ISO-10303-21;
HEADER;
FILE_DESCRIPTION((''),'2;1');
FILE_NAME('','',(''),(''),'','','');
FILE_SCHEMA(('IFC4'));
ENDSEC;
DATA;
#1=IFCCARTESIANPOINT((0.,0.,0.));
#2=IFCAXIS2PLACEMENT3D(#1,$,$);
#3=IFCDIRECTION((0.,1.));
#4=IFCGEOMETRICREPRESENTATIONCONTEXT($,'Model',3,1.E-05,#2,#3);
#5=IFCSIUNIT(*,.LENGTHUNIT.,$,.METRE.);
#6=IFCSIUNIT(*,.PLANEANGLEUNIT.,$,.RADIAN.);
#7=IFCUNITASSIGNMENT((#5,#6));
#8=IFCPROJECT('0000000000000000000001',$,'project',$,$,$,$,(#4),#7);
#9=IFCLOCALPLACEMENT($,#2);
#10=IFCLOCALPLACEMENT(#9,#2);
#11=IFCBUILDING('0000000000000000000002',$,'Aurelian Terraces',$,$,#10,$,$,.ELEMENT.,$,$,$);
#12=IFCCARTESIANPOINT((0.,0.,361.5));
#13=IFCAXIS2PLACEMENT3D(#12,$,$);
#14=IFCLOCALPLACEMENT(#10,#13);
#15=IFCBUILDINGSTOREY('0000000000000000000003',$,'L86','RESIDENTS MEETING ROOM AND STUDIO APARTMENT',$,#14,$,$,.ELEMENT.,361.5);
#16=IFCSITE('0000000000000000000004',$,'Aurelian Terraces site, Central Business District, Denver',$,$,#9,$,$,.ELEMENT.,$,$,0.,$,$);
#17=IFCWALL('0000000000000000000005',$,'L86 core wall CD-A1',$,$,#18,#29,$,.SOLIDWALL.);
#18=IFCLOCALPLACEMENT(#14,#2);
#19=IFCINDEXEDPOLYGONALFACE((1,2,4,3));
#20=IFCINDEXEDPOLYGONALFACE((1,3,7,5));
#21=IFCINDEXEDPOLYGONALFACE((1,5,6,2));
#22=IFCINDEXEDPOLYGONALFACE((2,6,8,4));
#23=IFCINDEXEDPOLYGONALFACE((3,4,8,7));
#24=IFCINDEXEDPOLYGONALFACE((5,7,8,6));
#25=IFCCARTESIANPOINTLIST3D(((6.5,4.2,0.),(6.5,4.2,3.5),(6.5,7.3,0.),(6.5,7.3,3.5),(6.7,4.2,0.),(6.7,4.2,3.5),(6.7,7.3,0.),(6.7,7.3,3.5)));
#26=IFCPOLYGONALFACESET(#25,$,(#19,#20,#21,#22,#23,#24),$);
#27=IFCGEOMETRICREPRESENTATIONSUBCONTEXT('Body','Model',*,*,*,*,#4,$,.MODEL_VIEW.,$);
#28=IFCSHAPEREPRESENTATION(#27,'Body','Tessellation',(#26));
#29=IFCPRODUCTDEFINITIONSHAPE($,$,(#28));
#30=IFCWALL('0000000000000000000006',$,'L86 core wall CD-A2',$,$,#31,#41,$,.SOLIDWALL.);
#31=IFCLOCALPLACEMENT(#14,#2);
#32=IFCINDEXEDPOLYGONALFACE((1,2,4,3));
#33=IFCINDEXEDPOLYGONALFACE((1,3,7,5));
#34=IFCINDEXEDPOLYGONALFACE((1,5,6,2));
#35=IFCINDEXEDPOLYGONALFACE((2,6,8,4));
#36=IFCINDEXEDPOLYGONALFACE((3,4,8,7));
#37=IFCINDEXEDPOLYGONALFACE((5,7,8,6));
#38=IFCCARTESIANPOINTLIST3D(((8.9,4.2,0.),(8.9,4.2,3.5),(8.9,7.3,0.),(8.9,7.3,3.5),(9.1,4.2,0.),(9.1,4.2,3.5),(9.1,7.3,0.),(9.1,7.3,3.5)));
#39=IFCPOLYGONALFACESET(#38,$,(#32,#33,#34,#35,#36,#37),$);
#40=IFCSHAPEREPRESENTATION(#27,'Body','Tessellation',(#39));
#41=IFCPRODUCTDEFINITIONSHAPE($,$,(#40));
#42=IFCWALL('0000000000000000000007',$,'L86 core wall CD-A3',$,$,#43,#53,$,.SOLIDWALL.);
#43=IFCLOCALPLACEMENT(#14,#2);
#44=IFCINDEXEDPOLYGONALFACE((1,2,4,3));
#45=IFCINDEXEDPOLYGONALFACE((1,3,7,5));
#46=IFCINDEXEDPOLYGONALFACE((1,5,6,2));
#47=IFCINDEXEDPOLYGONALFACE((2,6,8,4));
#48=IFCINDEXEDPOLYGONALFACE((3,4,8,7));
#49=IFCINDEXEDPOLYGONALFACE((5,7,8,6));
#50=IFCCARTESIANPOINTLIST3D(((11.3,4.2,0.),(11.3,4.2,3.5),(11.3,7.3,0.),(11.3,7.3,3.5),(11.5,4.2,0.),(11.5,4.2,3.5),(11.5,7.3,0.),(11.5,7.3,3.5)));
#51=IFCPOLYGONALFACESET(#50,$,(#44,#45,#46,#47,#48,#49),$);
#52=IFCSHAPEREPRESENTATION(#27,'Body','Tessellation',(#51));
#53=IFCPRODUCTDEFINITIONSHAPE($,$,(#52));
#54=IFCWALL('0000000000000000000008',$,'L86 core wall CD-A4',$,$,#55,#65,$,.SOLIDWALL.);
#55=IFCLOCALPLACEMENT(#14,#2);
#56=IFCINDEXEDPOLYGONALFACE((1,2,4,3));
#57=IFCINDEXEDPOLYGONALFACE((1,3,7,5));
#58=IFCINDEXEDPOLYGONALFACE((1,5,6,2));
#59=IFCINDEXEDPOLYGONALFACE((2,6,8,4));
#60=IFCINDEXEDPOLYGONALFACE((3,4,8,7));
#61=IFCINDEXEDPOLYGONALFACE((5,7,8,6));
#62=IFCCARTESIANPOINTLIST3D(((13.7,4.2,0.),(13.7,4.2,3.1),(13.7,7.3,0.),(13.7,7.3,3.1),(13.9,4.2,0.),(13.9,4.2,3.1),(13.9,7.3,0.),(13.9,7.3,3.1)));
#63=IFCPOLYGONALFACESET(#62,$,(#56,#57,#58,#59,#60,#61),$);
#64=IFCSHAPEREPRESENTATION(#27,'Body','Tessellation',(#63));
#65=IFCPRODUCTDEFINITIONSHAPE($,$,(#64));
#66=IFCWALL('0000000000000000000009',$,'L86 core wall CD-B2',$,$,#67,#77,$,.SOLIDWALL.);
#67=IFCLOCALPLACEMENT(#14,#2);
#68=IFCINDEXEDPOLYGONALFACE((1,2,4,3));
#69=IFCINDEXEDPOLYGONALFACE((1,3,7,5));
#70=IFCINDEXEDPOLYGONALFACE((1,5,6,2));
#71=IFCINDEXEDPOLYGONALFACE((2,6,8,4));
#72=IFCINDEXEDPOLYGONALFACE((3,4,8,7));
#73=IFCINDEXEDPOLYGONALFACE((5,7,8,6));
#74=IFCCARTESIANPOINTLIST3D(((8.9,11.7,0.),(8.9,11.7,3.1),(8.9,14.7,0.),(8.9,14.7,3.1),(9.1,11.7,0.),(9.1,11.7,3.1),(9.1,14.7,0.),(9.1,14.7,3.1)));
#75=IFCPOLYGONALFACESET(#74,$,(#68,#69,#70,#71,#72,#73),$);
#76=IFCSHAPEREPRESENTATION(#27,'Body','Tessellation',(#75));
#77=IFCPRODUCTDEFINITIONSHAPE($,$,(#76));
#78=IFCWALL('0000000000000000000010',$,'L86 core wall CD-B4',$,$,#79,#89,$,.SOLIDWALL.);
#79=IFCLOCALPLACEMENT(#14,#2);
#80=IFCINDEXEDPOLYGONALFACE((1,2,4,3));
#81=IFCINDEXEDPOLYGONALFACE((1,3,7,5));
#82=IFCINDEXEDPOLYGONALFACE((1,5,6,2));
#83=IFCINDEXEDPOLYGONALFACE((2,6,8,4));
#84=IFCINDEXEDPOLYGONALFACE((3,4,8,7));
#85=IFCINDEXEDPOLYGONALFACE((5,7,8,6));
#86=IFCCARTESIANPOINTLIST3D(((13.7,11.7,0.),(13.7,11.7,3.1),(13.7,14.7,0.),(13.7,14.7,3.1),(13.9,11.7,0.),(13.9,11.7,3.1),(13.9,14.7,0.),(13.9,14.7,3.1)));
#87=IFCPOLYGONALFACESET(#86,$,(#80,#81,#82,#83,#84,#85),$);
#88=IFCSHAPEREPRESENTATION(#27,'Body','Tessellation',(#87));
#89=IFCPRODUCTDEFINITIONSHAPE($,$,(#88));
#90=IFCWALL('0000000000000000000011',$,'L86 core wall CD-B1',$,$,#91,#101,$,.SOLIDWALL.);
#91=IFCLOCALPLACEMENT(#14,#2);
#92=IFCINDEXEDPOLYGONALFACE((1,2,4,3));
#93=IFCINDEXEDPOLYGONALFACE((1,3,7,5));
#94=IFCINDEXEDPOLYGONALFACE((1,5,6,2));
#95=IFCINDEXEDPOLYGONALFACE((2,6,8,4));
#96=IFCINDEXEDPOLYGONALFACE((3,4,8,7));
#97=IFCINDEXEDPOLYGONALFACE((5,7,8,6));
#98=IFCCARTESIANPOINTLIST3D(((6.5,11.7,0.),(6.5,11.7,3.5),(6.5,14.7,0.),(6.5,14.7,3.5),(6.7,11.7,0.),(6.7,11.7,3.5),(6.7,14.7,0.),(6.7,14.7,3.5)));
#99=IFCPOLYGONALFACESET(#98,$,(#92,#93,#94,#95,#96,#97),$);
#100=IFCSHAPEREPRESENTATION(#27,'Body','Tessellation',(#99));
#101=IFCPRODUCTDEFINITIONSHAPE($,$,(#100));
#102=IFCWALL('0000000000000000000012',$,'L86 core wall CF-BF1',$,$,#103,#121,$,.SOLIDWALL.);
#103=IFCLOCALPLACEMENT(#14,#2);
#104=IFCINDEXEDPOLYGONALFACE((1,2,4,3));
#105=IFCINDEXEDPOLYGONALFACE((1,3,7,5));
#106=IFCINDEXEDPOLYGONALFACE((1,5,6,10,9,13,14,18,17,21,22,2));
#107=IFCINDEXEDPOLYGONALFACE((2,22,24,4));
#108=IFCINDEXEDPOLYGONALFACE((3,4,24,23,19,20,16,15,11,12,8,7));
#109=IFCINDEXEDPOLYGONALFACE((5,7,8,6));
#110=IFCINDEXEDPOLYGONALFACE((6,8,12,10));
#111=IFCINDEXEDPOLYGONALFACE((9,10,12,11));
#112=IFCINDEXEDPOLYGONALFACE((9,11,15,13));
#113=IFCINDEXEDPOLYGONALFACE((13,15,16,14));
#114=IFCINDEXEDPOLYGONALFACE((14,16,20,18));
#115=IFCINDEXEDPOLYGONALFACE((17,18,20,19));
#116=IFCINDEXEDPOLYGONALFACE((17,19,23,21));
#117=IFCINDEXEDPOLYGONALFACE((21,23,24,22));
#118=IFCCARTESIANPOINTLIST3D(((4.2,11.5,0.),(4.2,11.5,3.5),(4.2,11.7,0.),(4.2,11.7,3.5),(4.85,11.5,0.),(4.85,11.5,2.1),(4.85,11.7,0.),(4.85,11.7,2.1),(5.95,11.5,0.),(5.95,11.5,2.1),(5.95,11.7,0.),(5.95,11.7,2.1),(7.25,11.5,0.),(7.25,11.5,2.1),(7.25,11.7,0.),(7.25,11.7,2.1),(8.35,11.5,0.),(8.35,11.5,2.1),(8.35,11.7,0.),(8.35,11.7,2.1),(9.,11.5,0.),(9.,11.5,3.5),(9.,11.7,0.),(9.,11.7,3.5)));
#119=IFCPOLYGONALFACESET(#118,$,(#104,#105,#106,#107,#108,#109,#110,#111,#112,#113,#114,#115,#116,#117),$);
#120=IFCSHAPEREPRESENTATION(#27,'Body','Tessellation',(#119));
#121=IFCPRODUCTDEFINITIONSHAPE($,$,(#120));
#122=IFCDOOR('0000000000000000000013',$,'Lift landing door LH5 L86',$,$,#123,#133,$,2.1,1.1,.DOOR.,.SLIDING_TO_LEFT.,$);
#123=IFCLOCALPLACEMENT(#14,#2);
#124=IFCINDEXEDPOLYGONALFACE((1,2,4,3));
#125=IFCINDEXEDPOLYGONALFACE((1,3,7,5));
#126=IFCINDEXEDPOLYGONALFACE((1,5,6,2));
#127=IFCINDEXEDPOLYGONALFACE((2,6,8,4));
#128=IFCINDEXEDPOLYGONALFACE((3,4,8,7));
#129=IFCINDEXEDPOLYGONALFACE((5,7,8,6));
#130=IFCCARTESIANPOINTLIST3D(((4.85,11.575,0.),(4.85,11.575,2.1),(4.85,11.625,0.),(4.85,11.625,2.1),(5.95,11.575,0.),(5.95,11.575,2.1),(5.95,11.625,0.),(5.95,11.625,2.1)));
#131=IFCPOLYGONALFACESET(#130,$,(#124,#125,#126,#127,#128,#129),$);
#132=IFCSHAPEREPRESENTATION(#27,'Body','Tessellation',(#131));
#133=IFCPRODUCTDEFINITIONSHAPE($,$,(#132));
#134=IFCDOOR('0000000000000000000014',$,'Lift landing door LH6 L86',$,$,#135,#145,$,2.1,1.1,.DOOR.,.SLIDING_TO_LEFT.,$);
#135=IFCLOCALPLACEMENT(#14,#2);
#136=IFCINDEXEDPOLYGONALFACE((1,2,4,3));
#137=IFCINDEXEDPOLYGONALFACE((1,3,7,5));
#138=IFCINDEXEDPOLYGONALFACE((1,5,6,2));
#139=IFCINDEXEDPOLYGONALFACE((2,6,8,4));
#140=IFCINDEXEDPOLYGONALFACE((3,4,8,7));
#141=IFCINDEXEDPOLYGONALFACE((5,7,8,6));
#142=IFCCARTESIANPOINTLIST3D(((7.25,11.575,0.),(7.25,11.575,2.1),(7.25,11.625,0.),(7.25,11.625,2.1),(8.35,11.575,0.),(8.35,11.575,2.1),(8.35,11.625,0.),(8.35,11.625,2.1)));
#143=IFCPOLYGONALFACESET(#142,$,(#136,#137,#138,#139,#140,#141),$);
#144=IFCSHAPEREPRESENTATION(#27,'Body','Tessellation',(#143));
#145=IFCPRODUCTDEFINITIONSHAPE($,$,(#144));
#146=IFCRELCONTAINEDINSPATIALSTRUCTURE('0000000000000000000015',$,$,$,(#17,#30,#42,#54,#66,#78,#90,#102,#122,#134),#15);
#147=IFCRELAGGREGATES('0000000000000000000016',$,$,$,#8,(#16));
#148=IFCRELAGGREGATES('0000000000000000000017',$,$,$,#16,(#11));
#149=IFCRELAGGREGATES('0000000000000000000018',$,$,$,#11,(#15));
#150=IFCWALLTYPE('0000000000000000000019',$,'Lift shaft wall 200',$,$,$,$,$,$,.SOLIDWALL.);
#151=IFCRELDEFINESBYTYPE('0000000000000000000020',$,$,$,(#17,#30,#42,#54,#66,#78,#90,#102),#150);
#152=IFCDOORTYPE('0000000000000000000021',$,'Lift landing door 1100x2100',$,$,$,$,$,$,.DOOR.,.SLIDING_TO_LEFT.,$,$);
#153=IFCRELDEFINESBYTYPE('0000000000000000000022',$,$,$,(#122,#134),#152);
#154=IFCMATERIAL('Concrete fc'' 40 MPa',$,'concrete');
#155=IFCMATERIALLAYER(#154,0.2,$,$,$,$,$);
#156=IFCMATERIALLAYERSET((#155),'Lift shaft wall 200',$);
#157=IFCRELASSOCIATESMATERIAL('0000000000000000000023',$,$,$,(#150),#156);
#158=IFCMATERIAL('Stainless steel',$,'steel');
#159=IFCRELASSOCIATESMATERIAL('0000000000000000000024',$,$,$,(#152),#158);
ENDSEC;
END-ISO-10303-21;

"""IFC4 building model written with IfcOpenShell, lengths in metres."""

from ifc_helpers import new_model, si_unit, direction, frame, frame_2d, origin, place, context, subcontext, project, spatial, rectangle, extrude, source, transform, mapped, material, layer, layer_set, type_object, element, fill, save


model = new_model("IFC4")

# Units and contexts
model_context = context("Model", 3, precision=1e-05, world=origin(), true_north=direction((0.0, 1.0)))
body_context = subcontext(model_context, "Body", "Model", "MODEL_VIEW")
ifc_project = project(units=[si_unit("LENGTHUNIT", "METRE"), si_unit("PLANEANGLEUNIT", "RADIAN")], contexts=[model_context])

# Site, building, storey
site_placement = place(None, origin())
site = spatial("IfcSite", under=ifc_project, at=site_placement, Name="Aurelian Terraces site, Central Business District, Denver", CompositionType="ELEMENT", RefElevation=0.0)
building_placement = place(site_placement, origin())
building = spatial("IfcBuilding", under=site, at=building_placement, Name="Aurelian Terraces", CompositionType="ELEMENT")
storey_placement = place(building_placement, frame((0.0, 0.0, 361.5)))
storey = spatial("IfcBuildingStorey", under=building, at=storey_placement, Name="L86", Description="RESIDENTS MEETING ROOM AND STUDIO APARTMENT", CompositionType="ELEMENT", Elevation=361.5)

# Walls
ifc_material_1 = material(Name="Concrete fc' 40 MPa", Category="concrete")
ifc_layer_1 = layer(ifc_material_1, 0.2)
ifc_layer_set_1 = layer_set([ifc_layer_1], Name="Lift shaft wall 200")
wall_type_1 = type_object("IfcWallType", Name="Lift shaft wall 200", PredefinedType="SOLIDWALL", material=ifc_layer_set_1)
shared_shape_1 = source(origin(), body_context, "Body", "SweptSolid", [
    extrude(rectangle(XDim=3.1, YDim=0.2, at=frame_2d((1.55, 0.0))), origin(), (0.0, 0.0, 1.0), 3.5),
])
for number, where, z_axis, x_axis, name in (
    (1, (6.6, 4.2, 0.0), (0.0, 0.0, 1.0), (0.0, 1.0, 0.0), "L86 core wall CD-A1"),
    (2, (9.0, 4.2, 0.0), (0.0, 0.0, 1.0), (0.0, 1.0, 0.0), "L86 core wall CD-A2"),
    (3, (11.4, 4.2, 0.0), (0.0, 0.0, 1.0), (0.0, 1.0, 0.0), "L86 core wall CD-A3"),
):
    element("IfcWall", number, at=place(storey_placement, frame(where, z_axis=z_axis, x_axis=x_axis)), inside=storey, type_object=wall_type_1, Name=name, PredefinedType="SOLIDWALL", context=body_context, shape_type="MappedRepresentation", body=[
        mapped(shared_shape_1, transform((0.0, 0.0, 0.0), scale=1.0)),
    ])
shared_shape_2 = source(origin(), body_context, "Body", "SweptSolid", [
    extrude(rectangle(XDim=3.1, YDim=0.2, at=frame_2d((1.55, 0.0))), origin(), (0.0, 0.0, 1.0), 3.1),
])
wall_1_placement = place(storey_placement, frame((13.8, 4.2, 0.0), z_axis=(0.0, 0.0, 1.0), x_axis=(0.0, 1.0, 0.0)))
element("IfcWall", 4, at=wall_1_placement, inside=storey, type_object=wall_type_1, Name="L86 core wall CD-A4", PredefinedType="SOLIDWALL", context=body_context, shape_type="MappedRepresentation", body=[
    mapped(shared_shape_2, transform((0.0, 0.0, 0.0), scale=1.0)),
])
shared_shape_3 = source(origin(), body_context, "Body", "SweptSolid", [
    extrude(rectangle(XDim=3.0, YDim=0.2, at=frame_2d((1.5, 0.0))), origin(), (0.0, 0.0, 1.0), 3.1),
])
for number, where, z_axis, x_axis, name in (
    (5, (9.0, 11.7, 0.0), (0.0, 0.0, 1.0), (0.0, 1.0, 0.0), "L86 core wall CD-B2"),
    (6, (13.8, 11.7, 0.0), (0.0, 0.0, 1.0), (0.0, 1.0, 0.0), "L86 core wall CD-B4"),
):
    element("IfcWall", number, at=place(storey_placement, frame(where, z_axis=z_axis, x_axis=x_axis)), inside=storey, type_object=wall_type_1, Name=name, PredefinedType="SOLIDWALL", context=body_context, shape_type="MappedRepresentation", body=[
        mapped(shared_shape_3, transform((0.0, 0.0, 0.0), scale=1.0)),
    ])
shared_shape_4 = source(origin(), body_context, "Body", "SweptSolid", [
    extrude(rectangle(XDim=3.0, YDim=0.2, at=frame_2d((1.5, 0.0))), origin(), (0.0, 0.0, 1.0), 3.5),
])
wall_2_placement = place(storey_placement, frame((6.6, 11.7, 0.0), z_axis=(0.0, 0.0, 1.0), x_axis=(0.0, 1.0, 0.0)))
element("IfcWall", 7, at=wall_2_placement, inside=storey, type_object=wall_type_1, Name="L86 core wall CD-B1", PredefinedType="SOLIDWALL", context=body_context, shape_type="MappedRepresentation", body=[
    mapped(shared_shape_4, transform((0.0, 0.0, 0.0), scale=1.0)),
])

# Wall, openings, doors
shared_shape_5 = source(origin(), body_context, "Body", "SweptSolid", [
    extrude(rectangle(XDim=4.8, YDim=0.2, at=frame_2d((2.4, 0.0))), origin(), (0.0, 0.0, 1.0), 3.5),
])
wall_3_placement = place(storey_placement, frame((4.2, 11.6, 0.0), z_axis=(0.0, 0.0, 1.0), x_axis=(1.0, 0.0, 0.0)))
wall_3 = element("IfcWall", 8, at=wall_3_placement, inside=storey, type_object=wall_type_1, Name="L86 core wall CF-BF1", PredefinedType="SOLIDWALL", context=body_context, shape_type="MappedRepresentation", body=[
    mapped(shared_shape_5, transform((0.0, 0.0, 0.0), scale=1.0)),
])
shared_shape_6 = source(origin(), body_context, "Body", "SweptSolid", [
    extrude(rectangle(XDim=1.1, YDim=2.1, at=frame_2d((0.55, 1.05))), frame((0.0, 0.11, 0.0), z_axis=(0.0, -1.0, 0.0), x_axis=(1.0, 0.0, 0.0)), (0.0, 0.0, 1.0), 0.22),
])
opening_1_placement = place(wall_3_placement, frame((0.65, 0.0, 0.0)))
opening_1 = element("IfcOpeningElement", 9, at=opening_1_placement, cuts=wall_3, PredefinedType="OPENING", context=body_context, shape_type="MappedRepresentation", body=[
    mapped(shared_shape_6, transform((0.0, 0.0, 0.0), scale=1.0)),
])
opening_2_placement = place(wall_3_placement, frame((3.05, 0.0, 0.0)))
opening_2 = element("IfcOpeningElement", 10, at=opening_2_placement, cuts=wall_3, PredefinedType="OPENING", context=body_context, shape_type="MappedRepresentation", body=[
    mapped(shared_shape_6, transform((0.0, 0.0, 0.0), scale=1.0)),
])
ifc_material_2 = material(Name="Stainless steel", Category="steel")
door_type_1 = type_object("IfcDoorType", Name="Lift landing door 1100x2100", OperationType="SLIDING_TO_LEFT", PredefinedType="DOOR", material=ifc_material_2)
shared_shape_7 = source(origin(), body_context, "Body", "SweptSolid", [
    extrude(rectangle(XDim=1.1, YDim=2.1, at=frame_2d((0.55, 1.05))), frame((0.0, 0.025, 0.0), z_axis=(0.0, -1.0, 0.0), x_axis=(1.0, 0.0, 0.0)), (0.0, 0.0, 1.0), 0.05),
])
door_1_placement = place(opening_1_placement, origin())
door_1 = element("IfcDoor", 11, at=door_1_placement, inside=storey, type_object=door_type_1, Name="Lift landing door LH5 L86", OperationType="SLIDING_TO_LEFT", OverallHeight=2.1, OverallWidth=1.1, PredefinedType="DOOR", context=body_context, shape_type="MappedRepresentation", body=[
    mapped(shared_shape_7, transform((0.0, 0.0, 0.0), scale=1.0)),
])
fill(opening_1, door_1)
door_2_placement = place(opening_2_placement, origin())
door_2 = element("IfcDoor", 12, at=door_2_placement, inside=storey, type_object=door_type_1, Name="Lift landing door LH6 L86", OperationType="SLIDING_TO_LEFT", OverallHeight=2.1, OverallWidth=1.1, PredefinedType="DOOR", context=body_context, shape_type="MappedRepresentation", body=[
    mapped(shared_shape_7, transform((0.0, 0.0, 0.0), scale=1.0)),
])
fill(opening_2, door_2)

save(model, "model.ifc")
